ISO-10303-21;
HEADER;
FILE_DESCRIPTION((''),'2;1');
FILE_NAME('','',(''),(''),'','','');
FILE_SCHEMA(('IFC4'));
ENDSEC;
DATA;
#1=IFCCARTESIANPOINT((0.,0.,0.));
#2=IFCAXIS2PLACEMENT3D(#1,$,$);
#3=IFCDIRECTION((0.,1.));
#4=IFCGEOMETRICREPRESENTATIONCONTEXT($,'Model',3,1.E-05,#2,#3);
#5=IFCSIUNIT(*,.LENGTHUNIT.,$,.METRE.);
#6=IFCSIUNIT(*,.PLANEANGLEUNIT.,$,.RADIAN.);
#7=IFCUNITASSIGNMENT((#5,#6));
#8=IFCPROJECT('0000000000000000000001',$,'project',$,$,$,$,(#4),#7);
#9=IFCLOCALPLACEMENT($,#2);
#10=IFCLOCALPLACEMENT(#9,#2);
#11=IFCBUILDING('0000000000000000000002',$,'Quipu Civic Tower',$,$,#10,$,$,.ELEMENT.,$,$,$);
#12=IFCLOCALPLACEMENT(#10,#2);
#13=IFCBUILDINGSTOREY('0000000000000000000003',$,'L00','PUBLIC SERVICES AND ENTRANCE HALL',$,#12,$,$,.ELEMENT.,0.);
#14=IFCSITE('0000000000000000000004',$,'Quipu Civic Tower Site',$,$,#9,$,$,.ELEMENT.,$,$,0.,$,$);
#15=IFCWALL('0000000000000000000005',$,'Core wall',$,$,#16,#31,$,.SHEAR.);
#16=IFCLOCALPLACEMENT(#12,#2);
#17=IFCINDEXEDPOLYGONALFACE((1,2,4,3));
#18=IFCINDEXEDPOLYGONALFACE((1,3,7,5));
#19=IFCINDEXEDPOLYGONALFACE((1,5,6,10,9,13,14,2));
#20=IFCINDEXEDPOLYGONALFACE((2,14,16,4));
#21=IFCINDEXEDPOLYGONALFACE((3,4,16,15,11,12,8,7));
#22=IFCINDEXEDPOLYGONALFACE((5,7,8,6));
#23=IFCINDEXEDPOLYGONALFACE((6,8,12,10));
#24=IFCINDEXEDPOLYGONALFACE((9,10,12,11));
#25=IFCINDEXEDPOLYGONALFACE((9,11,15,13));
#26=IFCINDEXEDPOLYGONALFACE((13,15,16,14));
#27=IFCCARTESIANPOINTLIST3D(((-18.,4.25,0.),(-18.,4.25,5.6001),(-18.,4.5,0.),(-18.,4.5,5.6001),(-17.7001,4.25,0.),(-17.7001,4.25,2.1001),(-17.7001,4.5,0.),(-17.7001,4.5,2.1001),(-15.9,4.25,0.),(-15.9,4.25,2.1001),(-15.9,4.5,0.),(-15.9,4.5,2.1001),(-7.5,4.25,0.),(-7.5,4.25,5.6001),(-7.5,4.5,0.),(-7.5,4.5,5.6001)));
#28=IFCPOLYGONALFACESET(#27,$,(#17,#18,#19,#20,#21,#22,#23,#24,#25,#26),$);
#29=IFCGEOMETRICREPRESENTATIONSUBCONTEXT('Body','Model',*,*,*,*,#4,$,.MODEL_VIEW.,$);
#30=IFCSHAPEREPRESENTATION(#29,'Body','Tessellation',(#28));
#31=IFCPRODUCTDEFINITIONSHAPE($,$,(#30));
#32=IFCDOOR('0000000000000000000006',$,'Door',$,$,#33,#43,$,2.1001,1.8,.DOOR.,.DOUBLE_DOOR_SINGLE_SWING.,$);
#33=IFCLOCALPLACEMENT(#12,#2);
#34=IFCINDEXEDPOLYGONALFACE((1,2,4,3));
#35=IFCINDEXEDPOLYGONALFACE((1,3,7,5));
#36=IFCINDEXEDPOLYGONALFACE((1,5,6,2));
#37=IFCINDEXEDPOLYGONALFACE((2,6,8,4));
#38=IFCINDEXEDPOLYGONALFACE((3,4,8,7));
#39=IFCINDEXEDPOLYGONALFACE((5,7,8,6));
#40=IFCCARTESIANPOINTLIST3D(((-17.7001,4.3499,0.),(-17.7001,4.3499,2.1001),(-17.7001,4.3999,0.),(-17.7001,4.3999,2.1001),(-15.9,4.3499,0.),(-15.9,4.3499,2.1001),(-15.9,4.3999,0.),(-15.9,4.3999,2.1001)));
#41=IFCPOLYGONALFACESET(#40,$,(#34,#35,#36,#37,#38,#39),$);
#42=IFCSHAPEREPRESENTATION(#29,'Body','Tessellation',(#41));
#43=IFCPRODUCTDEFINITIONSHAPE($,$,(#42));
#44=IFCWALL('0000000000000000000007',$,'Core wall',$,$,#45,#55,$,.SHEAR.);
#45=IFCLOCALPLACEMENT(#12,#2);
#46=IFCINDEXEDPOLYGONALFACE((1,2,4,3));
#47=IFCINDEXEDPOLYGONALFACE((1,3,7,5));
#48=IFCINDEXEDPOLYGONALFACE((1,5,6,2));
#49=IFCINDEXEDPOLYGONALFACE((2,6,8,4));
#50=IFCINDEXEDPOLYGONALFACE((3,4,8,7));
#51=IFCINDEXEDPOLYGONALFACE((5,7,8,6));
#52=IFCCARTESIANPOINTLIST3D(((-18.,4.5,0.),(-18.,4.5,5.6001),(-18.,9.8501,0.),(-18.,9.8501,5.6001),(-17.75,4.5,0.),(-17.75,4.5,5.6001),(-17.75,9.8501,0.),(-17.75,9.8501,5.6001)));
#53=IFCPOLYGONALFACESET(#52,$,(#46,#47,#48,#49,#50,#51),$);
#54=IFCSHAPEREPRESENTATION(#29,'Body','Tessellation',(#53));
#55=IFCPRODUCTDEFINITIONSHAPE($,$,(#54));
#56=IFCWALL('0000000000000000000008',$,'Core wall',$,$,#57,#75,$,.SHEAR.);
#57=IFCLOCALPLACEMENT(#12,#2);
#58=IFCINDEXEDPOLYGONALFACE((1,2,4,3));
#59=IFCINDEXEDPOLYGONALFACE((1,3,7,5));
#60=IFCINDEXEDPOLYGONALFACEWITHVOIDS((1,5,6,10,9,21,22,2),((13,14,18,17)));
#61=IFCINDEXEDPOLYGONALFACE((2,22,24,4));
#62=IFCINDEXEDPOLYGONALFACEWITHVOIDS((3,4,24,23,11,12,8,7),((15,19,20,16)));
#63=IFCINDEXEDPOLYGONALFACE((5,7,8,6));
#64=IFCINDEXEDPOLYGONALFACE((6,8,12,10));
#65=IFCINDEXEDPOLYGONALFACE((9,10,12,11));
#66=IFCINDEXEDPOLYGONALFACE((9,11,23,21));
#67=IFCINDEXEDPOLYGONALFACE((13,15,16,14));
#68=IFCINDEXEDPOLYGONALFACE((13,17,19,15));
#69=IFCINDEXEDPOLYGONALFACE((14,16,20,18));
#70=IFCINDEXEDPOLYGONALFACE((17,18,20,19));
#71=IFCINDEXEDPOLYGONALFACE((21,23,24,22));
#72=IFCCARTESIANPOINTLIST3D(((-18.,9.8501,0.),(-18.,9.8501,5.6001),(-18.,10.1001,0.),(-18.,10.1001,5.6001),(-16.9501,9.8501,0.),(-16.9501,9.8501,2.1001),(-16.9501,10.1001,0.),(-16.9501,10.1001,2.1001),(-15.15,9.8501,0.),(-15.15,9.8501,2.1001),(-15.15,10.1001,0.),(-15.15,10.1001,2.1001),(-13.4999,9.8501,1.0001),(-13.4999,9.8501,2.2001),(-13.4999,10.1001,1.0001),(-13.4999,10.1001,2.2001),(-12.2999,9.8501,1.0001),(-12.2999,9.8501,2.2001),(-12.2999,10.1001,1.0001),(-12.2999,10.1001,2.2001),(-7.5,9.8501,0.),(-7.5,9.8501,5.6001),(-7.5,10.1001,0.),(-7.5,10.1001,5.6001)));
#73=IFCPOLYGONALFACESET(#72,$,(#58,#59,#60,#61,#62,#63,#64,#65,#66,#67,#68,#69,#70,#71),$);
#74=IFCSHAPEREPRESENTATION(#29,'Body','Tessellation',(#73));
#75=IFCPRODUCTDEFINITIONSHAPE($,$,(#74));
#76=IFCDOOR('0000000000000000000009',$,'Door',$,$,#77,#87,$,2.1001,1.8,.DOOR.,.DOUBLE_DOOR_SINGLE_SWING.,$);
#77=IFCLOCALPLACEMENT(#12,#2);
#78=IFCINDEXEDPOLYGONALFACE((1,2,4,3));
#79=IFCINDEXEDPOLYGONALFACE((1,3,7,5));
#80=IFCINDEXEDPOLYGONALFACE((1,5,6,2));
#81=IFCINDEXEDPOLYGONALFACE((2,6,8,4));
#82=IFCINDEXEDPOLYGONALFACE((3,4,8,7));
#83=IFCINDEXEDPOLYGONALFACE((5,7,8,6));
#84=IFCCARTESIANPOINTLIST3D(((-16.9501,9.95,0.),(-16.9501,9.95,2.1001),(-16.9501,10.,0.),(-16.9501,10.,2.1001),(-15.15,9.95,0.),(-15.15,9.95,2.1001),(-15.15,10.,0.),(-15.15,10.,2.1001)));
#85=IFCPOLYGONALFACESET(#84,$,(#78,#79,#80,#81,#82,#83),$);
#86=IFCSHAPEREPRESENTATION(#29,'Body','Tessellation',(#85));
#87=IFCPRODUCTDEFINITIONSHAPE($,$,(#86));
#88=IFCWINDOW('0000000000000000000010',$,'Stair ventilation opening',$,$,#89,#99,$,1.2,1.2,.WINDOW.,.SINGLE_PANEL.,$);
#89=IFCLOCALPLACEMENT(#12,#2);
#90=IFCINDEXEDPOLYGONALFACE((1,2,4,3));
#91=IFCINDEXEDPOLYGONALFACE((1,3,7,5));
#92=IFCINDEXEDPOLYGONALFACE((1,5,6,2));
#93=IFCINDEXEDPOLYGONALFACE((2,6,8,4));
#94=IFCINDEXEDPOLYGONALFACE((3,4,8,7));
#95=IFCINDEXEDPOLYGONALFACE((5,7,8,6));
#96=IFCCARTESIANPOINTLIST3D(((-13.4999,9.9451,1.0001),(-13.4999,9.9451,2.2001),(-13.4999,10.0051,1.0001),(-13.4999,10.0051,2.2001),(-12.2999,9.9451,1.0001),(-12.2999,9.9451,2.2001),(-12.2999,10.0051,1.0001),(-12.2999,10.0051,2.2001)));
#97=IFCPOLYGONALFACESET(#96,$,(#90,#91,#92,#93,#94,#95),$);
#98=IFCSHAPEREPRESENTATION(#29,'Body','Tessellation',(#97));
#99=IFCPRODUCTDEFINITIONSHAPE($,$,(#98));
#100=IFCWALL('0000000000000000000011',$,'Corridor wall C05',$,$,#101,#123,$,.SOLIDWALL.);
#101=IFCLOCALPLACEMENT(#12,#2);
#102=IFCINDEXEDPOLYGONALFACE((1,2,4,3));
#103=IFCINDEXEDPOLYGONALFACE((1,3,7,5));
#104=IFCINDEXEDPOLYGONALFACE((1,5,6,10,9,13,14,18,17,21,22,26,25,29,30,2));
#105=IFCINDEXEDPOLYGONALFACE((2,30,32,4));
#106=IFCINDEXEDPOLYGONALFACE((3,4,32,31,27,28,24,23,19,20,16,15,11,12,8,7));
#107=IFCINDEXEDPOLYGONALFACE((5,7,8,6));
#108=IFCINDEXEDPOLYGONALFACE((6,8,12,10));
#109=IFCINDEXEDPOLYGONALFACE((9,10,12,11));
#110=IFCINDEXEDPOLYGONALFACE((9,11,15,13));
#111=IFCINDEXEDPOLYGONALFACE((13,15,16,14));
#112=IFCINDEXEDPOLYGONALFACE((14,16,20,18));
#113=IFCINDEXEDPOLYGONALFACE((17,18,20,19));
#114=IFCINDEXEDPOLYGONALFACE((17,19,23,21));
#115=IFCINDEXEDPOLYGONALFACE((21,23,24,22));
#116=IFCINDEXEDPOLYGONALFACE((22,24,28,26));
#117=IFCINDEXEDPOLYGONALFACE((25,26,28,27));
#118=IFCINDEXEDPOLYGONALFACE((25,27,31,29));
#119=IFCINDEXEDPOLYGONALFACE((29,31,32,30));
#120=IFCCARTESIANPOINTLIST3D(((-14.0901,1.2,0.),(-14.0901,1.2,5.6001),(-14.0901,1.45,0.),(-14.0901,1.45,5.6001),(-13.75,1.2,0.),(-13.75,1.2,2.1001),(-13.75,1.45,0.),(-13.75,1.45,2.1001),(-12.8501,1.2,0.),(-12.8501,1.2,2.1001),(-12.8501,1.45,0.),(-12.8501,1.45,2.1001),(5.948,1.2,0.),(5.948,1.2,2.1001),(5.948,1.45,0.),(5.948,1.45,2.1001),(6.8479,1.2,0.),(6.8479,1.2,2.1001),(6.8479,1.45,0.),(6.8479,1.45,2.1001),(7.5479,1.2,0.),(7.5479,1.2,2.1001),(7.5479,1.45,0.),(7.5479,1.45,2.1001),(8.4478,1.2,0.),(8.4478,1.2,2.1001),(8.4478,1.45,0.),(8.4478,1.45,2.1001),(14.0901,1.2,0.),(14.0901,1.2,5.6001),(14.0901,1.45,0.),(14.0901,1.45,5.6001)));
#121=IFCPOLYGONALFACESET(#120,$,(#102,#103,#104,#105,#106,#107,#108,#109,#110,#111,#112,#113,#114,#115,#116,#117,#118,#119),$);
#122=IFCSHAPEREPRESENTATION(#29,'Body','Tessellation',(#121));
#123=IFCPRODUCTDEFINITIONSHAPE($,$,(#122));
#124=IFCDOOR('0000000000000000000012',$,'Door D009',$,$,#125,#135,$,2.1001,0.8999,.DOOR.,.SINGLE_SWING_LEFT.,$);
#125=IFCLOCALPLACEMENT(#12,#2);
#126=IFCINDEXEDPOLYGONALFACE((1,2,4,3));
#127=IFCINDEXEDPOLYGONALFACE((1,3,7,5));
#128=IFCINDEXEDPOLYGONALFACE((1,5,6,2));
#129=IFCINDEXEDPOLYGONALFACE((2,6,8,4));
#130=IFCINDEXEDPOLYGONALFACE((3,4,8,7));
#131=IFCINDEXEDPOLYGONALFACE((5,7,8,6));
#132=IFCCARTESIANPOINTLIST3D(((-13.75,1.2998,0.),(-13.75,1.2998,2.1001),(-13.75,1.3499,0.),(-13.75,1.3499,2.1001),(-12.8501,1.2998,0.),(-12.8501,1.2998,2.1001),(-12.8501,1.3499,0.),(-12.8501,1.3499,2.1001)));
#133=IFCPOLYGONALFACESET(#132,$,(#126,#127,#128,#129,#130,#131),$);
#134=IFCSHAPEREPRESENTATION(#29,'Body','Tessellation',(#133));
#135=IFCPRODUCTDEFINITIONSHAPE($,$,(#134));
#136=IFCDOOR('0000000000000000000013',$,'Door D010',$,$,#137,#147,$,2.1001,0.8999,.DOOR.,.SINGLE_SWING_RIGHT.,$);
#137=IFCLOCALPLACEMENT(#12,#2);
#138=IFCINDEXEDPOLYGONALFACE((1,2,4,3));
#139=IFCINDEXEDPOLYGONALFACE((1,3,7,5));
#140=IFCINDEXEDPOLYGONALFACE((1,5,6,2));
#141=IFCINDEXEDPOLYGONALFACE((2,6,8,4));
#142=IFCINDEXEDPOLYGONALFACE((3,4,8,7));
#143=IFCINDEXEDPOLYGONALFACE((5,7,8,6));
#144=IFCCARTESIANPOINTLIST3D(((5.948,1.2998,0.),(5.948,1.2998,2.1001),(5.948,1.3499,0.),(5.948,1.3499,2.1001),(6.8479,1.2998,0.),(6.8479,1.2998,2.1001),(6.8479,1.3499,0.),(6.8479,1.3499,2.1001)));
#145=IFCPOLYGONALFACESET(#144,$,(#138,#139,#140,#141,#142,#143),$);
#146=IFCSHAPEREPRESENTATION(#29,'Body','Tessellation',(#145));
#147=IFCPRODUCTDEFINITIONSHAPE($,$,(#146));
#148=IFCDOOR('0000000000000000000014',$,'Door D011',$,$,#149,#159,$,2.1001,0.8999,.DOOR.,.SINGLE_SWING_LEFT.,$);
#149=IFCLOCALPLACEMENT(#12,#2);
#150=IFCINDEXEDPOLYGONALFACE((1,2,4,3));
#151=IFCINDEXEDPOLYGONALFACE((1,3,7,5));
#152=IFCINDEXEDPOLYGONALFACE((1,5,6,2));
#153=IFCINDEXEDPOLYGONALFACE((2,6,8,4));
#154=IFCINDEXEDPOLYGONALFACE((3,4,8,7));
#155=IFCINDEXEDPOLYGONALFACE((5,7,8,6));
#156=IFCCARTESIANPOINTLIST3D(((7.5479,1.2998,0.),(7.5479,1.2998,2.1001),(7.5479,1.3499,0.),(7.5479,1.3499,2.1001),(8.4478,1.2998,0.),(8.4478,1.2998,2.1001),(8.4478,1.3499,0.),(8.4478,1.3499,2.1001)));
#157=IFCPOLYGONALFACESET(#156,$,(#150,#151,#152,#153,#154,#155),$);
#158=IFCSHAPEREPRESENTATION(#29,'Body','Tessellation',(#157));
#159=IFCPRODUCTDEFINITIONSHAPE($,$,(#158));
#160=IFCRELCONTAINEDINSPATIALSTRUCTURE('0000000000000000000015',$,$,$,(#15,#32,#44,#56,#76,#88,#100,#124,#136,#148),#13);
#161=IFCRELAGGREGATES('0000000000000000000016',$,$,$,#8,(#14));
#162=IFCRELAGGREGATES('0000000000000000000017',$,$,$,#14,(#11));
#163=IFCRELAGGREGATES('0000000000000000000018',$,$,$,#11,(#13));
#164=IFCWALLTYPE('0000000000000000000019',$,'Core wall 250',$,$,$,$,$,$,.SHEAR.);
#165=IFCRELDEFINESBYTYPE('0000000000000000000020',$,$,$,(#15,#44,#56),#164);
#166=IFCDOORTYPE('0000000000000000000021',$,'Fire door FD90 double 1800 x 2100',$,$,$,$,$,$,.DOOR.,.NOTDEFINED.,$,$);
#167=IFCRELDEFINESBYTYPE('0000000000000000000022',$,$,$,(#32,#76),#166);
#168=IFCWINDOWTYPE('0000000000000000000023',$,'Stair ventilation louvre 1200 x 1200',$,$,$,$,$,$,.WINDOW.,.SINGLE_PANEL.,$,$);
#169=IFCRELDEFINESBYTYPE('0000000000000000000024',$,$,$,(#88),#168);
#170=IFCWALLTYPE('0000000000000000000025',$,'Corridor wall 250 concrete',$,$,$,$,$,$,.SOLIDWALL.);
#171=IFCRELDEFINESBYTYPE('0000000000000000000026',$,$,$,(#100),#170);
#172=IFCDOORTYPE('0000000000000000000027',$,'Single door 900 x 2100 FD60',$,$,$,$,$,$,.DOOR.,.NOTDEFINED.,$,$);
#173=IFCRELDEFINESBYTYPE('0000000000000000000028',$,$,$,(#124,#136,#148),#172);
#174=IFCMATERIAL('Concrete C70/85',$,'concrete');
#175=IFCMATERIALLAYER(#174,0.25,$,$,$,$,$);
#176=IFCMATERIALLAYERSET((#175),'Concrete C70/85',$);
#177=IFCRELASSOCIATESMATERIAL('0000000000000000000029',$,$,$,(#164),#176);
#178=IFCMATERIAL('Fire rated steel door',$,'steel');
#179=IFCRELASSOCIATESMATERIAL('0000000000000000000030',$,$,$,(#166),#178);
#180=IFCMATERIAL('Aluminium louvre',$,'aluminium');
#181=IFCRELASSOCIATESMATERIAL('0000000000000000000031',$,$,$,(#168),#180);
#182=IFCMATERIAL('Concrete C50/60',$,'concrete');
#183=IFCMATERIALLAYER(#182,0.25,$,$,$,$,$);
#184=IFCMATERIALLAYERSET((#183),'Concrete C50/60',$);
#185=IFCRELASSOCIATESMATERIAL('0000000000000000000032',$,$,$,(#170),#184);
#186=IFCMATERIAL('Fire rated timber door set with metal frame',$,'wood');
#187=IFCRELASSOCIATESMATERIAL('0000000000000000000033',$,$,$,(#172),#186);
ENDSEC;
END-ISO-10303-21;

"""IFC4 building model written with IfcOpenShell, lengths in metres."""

from ifc_helpers import new_model, si_unit, direction, frame, frame_2d, origin, place, context, subcontext, project, spatial, rectangle, extrude, material, layer, layer_set, type_object, element, fill, save


model = new_model("IFC4")

# Units and contexts
model_context = context("Model", 3, precision=1e-05, world=origin(), true_north=direction((0.0, 1.0)))
body_context = subcontext(model_context, "Body", "Model", "MODEL_VIEW")
ifc_project = project(units=[si_unit("LENGTHUNIT", "METRE"), si_unit("PLANEANGLEUNIT", "RADIAN")], contexts=[model_context])

# Site, building, storey
site_placement = place(None, origin())
site = spatial("IfcSite", under=ifc_project, at=site_placement, Name="Quipu Civic Tower Site", CompositionType="ELEMENT", RefElevation=0.0)
building_placement = place(site_placement, origin())
building = spatial("IfcBuilding", under=site, at=building_placement, Name="Quipu Civic Tower", CompositionType="ELEMENT")
storey_placement = place(building_placement, origin())
storey = spatial("IfcBuildingStorey", under=building, at=storey_placement, Name="L00", Description="PUBLIC SERVICES AND ENTRANCE HALL", CompositionType="ELEMENT", Elevation=0.0)

# Shared definitions
ifc_material_1 = material(Name="Concrete C70/85", Category="concrete")
ifc_layer_1 = layer(ifc_material_1, 0.25)
ifc_layer_set_1 = layer_set([ifc_layer_1], Name="Concrete C70/85")
wall_type_1 = type_object("IfcWallType", Name="Core wall 250", PredefinedType="SHEAR", material=ifc_layer_set_1)
ifc_material_2 = material(Name="Fire rated steel door", Category="steel")
door_type_1 = type_object("IfcDoorType", Name="Fire door FD90 double 1800 x 2100", OperationType="NOTDEFINED", PredefinedType="DOOR", material=ifc_material_2)

# Wall, opening, door
wall_1_placement = place(storey_placement, frame((-18.0, 4.375, 0.0), z_axis=(0.0, 0.0, 1.0), x_axis=(1.0, 0.0, 0.0)))
wall_1 = element("IfcWall", 1, at=wall_1_placement, inside=storey, type_object=wall_type_1, Name="Core wall", PredefinedType="SHEAR", context=body_context, shape_type="SweptSolid", body=[
    extrude(rectangle(XDim=10.5, YDim=0.25, at=frame_2d((5.25, 0.0))), origin(), (0.0, 0.0, 1.0), 5.6001),
])
opening_1_placement = place(wall_1_placement, frame((0.3, 0.0, 0.0)))
opening_1 = element("IfcOpeningElement", 2, at=opening_1_placement, cuts=wall_1, PredefinedType="OPENING", context=body_context, shape_type="SweptSolid", body=[
    extrude(rectangle(XDim=1.8, YDim=2.1001, at=frame_2d((0.8999, 1.05))), frame((0.0, 0.135, 0.0), z_axis=(0.0, -1.0, 0.0), x_axis=(1.0, 0.0, 0.0)), (0.0, 0.0, 1.0), 0.27),
])
door_1_placement = place(opening_1_placement, origin())
door_1 = element("IfcDoor", 3, at=door_1_placement, inside=storey, type_object=door_type_1, Name="Door", OperationType="DOUBLE_DOOR_SINGLE_SWING", OverallHeight=2.1001, OverallWidth=1.8, PredefinedType="DOOR", context=body_context, shape_type="SweptSolid", body=[
    extrude(rectangle(XDim=1.8, YDim=2.1001, at=frame_2d((0.8999, 1.05))), frame((0.0, 0.0249, 0.0), z_axis=(0.0, -1.0, 0.0), x_axis=(1.0, 0.0, 0.0)), (0.0, 0.0, 1.0), 0.05),
])
fill(opening_1, door_1)

# Wall
wall_2_placement = place(storey_placement, frame((-17.875, 4.5, 0.0), z_axis=(0.0, 0.0, 1.0), x_axis=(0.0, 1.0, 0.0)))
element("IfcWall", 4, at=wall_2_placement, inside=storey, type_object=wall_type_1, Name="Core wall", PredefinedType="SHEAR", context=body_context, shape_type="SweptSolid", body=[
    extrude(rectangle(XDim=5.3501, YDim=0.25, at=frame_2d((2.675, 0.0))), origin(), (0.0, 0.0, 1.0), 5.6001),
])

# Wall, openings, door, window
wall_3_placement = place(storey_placement, frame((-18.0, 9.9751, 0.0), z_axis=(0.0, 0.0, 1.0), x_axis=(1.0, 0.0, 0.0)))
wall_3 = element("IfcWall", 5, at=wall_3_placement, inside=storey, type_object=wall_type_1, Name="Core wall", PredefinedType="SHEAR", context=body_context, shape_type="SweptSolid", body=[
    extrude(rectangle(XDim=10.5, YDim=0.25, at=frame_2d((5.25, 0.0))), origin(), (0.0, 0.0, 1.0), 5.6001),
])
opening_2_placement = place(wall_3_placement, frame((1.05, 0.0, 0.0)))
opening_2 = element("IfcOpeningElement", 6, at=opening_2_placement, cuts=wall_3, PredefinedType="OPENING", context=body_context, shape_type="SweptSolid", body=[
    extrude(rectangle(XDim=1.8, YDim=2.1001, at=frame_2d((0.8999, 1.05))), frame((0.0, 0.135, 0.0), z_axis=(0.0, -1.0, 0.0), x_axis=(1.0, 0.0, 0.0)), (0.0, 0.0, 1.0), 0.27),
])
opening_3_placement = place(wall_3_placement, frame((4.5, 0.0, 1.0)))
opening_3 = element("IfcOpeningElement", 7, at=opening_3_placement, cuts=wall_3, PredefinedType="OPENING", context=body_context, shape_type="SweptSolid", body=[
    extrude(rectangle(XDim=1.2, YDim=1.2, at=frame_2d((0.6001, 0.6001))), frame((0.0, 0.135, 0.0), z_axis=(0.0, -1.0, 0.0), x_axis=(1.0, 0.0, 0.0)), (0.0, 0.0, 1.0), 0.27),
])
door_2_placement = place(opening_2_placement, origin())
door_2 = element("IfcDoor", 8, at=door_2_placement, inside=storey, type_object=door_type_1, Name="Door", OperationType="DOUBLE_DOOR_SINGLE_SWING", OverallHeight=2.1001, OverallWidth=1.8, PredefinedType="DOOR", context=body_context, shape_type="SweptSolid", body=[
    extrude(rectangle(XDim=1.8, YDim=2.1001, at=frame_2d((0.8999, 1.05))), frame((0.0, 0.0249, 0.0), z_axis=(0.0, -1.0, 0.0), x_axis=(1.0, 0.0, 0.0)), (0.0, 0.0, 1.0), 0.05),
])
fill(opening_2, door_2)
ifc_material_3 = material(Name="Aluminium louvre", Category="aluminium")
window_type = type_object("IfcWindowType", Name="Stair ventilation louvre 1200 x 1200", PartitioningType="SINGLE_PANEL", PredefinedType="WINDOW", material=ifc_material_3)
window_placement = place(opening_3_placement, origin())
window = element("IfcWindow", 9, at=window_placement, inside=storey, type_object=window_type, Name="Stair ventilation opening", OverallHeight=1.2, OverallWidth=1.2, PartitioningType="SINGLE_PANEL", PredefinedType="WINDOW", context=body_context, shape_type="SweptSolid", body=[
    extrude(rectangle(XDim=1.2, YDim=1.2, at=frame_2d((0.6001, 0.6001))), frame((0.0, 0.03, 0.0), z_axis=(0.0, -1.0, 0.0), x_axis=(1.0, 0.0, 0.0)), (0.0, 0.0, 1.0), 0.0601),
])
fill(opening_3, window)

# Wall, openings, doors
ifc_material_4 = material(Name="Concrete C50/60", Category="concrete")
ifc_layer_2 = layer(ifc_material_4, 0.25)
ifc_layer_set_2 = layer_set([ifc_layer_2], Name="Concrete C50/60")
wall_type_2 = type_object("IfcWallType", Name="Corridor wall 250 concrete", PredefinedType="SOLIDWALL", material=ifc_layer_set_2)
wall_4_placement = place(storey_placement, frame((-14.0901, 1.325, 0.0), z_axis=(0.0, 0.0, 1.0), x_axis=(1.0, 0.0, 0.0)))
wall_4 = element("IfcWall", 10, at=wall_4_placement, inside=storey, type_object=wall_type_2, Name="Corridor wall C05", PredefinedType="SOLIDWALL", context=body_context, shape_type="SweptSolid", body=[
    extrude(rectangle(XDim=28.1802, YDim=0.25, at=frame_2d((14.0901, 0.0))), origin(), (0.0, 0.0, 1.0), 5.6001),
])
opening_4_placement = place(wall_4_placement, frame((0.3401, 0.0, 0.0)))
opening_4 = element("IfcOpeningElement", 11, at=opening_4_placement, cuts=wall_4, PredefinedType="OPENING", context=body_context, shape_type="SweptSolid", body=[
    extrude(rectangle(XDim=0.8999, YDim=2.1001, at=frame_2d((0.45, 1.05))), frame((0.0, 0.135, 0.0), z_axis=(0.0, -1.0, 0.0), x_axis=(1.0, 0.0, 0.0)), (0.0, 0.0, 1.0), 0.27),
])
opening_5_placement = place(wall_4_placement, frame((20.0381, 0.0, 0.0)))
opening_5 = element("IfcOpeningElement", 12, at=opening_5_placement, cuts=wall_4, PredefinedType="OPENING", context=body_context, shape_type="SweptSolid", body=[
    extrude(rectangle(XDim=0.8999, YDim=2.1001, at=frame_2d((0.45, 1.05))), frame((0.0, 0.135, 0.0), z_axis=(0.0, -1.0, 0.0), x_axis=(1.0, 0.0, 0.0)), (0.0, 0.0, 1.0), 0.27),
])
opening_6_placement = place(wall_4_placement, frame((21.6379, 0.0, 0.0)))
opening_6 = element("IfcOpeningElement", 13, at=opening_6_placement, cuts=wall_4, PredefinedType="OPENING", context=body_context, shape_type="SweptSolid", body=[
    extrude(rectangle(XDim=0.8999, YDim=2.1001, at=frame_2d((0.45, 1.05))), frame((0.0, 0.135, 0.0), z_axis=(0.0, -1.0, 0.0), x_axis=(1.0, 0.0, 0.0)), (0.0, 0.0, 1.0), 0.27),
])
ifc_material_5 = material(Name="Fire rated timber door set with metal frame", Category="wood")
door_type_2 = type_object("IfcDoorType", Name="Single door 900 x 2100 FD60", OperationType="NOTDEFINED", PredefinedType="DOOR", material=ifc_material_5)
door_3_placement = place(opening_4_placement, origin())
door_3 = element("IfcDoor", 14, at=door_3_placement, inside=storey, type_object=door_type_2, Name="Door D009", OperationType="SINGLE_SWING_LEFT", OverallHeight=2.1001, OverallWidth=0.8999, PredefinedType="DOOR", context=body_context, shape_type="SweptSolid", body=[
    extrude(rectangle(XDim=0.8999, YDim=2.1001, at=frame_2d((0.45, 1.05))), frame((0.0, 0.0249, 0.0), z_axis=(0.0, -1.0, 0.0), x_axis=(1.0, 0.0, 0.0)), (0.0, 0.0, 1.0), 0.05),
])
fill(opening_4, door_3)
door_4_placement = place(opening_5_placement, origin())
door_4 = element("IfcDoor", 15, at=door_4_placement, inside=storey, type_object=door_type_2, Name="Door D010", OperationType="SINGLE_SWING_RIGHT", OverallHeight=2.1001, OverallWidth=0.8999, PredefinedType="DOOR", context=body_context, shape_type="SweptSolid", body=[
    extrude(rectangle(XDim=0.8999, YDim=2.1001, at=frame_2d((0.45, 1.05))), frame((0.0, 0.0249, 0.0), z_axis=(0.0, -1.0, 0.0), x_axis=(1.0, 0.0, 0.0)), (0.0, 0.0, 1.0), 0.05),
])
fill(opening_5, door_4)
door_5_placement = place(opening_6_placement, origin())
door_5 = element("IfcDoor", 16, at=door_5_placement, inside=storey, type_object=door_type_2, Name="Door D011", OperationType="SINGLE_SWING_LEFT", OverallHeight=2.1001, OverallWidth=0.8999, PredefinedType="DOOR", context=body_context, shape_type="SweptSolid", body=[
    extrude(rectangle(XDim=0.8999, YDim=2.1001, at=frame_2d((0.45, 1.05))), frame((0.0, 0.0249, 0.0), z_axis=(0.0, -1.0, 0.0), x_axis=(1.0, 0.0, 0.0)), (0.0, 0.0, 1.0), 0.05),
])
fill(opening_6, door_5)

save(model, "model.ifc")
